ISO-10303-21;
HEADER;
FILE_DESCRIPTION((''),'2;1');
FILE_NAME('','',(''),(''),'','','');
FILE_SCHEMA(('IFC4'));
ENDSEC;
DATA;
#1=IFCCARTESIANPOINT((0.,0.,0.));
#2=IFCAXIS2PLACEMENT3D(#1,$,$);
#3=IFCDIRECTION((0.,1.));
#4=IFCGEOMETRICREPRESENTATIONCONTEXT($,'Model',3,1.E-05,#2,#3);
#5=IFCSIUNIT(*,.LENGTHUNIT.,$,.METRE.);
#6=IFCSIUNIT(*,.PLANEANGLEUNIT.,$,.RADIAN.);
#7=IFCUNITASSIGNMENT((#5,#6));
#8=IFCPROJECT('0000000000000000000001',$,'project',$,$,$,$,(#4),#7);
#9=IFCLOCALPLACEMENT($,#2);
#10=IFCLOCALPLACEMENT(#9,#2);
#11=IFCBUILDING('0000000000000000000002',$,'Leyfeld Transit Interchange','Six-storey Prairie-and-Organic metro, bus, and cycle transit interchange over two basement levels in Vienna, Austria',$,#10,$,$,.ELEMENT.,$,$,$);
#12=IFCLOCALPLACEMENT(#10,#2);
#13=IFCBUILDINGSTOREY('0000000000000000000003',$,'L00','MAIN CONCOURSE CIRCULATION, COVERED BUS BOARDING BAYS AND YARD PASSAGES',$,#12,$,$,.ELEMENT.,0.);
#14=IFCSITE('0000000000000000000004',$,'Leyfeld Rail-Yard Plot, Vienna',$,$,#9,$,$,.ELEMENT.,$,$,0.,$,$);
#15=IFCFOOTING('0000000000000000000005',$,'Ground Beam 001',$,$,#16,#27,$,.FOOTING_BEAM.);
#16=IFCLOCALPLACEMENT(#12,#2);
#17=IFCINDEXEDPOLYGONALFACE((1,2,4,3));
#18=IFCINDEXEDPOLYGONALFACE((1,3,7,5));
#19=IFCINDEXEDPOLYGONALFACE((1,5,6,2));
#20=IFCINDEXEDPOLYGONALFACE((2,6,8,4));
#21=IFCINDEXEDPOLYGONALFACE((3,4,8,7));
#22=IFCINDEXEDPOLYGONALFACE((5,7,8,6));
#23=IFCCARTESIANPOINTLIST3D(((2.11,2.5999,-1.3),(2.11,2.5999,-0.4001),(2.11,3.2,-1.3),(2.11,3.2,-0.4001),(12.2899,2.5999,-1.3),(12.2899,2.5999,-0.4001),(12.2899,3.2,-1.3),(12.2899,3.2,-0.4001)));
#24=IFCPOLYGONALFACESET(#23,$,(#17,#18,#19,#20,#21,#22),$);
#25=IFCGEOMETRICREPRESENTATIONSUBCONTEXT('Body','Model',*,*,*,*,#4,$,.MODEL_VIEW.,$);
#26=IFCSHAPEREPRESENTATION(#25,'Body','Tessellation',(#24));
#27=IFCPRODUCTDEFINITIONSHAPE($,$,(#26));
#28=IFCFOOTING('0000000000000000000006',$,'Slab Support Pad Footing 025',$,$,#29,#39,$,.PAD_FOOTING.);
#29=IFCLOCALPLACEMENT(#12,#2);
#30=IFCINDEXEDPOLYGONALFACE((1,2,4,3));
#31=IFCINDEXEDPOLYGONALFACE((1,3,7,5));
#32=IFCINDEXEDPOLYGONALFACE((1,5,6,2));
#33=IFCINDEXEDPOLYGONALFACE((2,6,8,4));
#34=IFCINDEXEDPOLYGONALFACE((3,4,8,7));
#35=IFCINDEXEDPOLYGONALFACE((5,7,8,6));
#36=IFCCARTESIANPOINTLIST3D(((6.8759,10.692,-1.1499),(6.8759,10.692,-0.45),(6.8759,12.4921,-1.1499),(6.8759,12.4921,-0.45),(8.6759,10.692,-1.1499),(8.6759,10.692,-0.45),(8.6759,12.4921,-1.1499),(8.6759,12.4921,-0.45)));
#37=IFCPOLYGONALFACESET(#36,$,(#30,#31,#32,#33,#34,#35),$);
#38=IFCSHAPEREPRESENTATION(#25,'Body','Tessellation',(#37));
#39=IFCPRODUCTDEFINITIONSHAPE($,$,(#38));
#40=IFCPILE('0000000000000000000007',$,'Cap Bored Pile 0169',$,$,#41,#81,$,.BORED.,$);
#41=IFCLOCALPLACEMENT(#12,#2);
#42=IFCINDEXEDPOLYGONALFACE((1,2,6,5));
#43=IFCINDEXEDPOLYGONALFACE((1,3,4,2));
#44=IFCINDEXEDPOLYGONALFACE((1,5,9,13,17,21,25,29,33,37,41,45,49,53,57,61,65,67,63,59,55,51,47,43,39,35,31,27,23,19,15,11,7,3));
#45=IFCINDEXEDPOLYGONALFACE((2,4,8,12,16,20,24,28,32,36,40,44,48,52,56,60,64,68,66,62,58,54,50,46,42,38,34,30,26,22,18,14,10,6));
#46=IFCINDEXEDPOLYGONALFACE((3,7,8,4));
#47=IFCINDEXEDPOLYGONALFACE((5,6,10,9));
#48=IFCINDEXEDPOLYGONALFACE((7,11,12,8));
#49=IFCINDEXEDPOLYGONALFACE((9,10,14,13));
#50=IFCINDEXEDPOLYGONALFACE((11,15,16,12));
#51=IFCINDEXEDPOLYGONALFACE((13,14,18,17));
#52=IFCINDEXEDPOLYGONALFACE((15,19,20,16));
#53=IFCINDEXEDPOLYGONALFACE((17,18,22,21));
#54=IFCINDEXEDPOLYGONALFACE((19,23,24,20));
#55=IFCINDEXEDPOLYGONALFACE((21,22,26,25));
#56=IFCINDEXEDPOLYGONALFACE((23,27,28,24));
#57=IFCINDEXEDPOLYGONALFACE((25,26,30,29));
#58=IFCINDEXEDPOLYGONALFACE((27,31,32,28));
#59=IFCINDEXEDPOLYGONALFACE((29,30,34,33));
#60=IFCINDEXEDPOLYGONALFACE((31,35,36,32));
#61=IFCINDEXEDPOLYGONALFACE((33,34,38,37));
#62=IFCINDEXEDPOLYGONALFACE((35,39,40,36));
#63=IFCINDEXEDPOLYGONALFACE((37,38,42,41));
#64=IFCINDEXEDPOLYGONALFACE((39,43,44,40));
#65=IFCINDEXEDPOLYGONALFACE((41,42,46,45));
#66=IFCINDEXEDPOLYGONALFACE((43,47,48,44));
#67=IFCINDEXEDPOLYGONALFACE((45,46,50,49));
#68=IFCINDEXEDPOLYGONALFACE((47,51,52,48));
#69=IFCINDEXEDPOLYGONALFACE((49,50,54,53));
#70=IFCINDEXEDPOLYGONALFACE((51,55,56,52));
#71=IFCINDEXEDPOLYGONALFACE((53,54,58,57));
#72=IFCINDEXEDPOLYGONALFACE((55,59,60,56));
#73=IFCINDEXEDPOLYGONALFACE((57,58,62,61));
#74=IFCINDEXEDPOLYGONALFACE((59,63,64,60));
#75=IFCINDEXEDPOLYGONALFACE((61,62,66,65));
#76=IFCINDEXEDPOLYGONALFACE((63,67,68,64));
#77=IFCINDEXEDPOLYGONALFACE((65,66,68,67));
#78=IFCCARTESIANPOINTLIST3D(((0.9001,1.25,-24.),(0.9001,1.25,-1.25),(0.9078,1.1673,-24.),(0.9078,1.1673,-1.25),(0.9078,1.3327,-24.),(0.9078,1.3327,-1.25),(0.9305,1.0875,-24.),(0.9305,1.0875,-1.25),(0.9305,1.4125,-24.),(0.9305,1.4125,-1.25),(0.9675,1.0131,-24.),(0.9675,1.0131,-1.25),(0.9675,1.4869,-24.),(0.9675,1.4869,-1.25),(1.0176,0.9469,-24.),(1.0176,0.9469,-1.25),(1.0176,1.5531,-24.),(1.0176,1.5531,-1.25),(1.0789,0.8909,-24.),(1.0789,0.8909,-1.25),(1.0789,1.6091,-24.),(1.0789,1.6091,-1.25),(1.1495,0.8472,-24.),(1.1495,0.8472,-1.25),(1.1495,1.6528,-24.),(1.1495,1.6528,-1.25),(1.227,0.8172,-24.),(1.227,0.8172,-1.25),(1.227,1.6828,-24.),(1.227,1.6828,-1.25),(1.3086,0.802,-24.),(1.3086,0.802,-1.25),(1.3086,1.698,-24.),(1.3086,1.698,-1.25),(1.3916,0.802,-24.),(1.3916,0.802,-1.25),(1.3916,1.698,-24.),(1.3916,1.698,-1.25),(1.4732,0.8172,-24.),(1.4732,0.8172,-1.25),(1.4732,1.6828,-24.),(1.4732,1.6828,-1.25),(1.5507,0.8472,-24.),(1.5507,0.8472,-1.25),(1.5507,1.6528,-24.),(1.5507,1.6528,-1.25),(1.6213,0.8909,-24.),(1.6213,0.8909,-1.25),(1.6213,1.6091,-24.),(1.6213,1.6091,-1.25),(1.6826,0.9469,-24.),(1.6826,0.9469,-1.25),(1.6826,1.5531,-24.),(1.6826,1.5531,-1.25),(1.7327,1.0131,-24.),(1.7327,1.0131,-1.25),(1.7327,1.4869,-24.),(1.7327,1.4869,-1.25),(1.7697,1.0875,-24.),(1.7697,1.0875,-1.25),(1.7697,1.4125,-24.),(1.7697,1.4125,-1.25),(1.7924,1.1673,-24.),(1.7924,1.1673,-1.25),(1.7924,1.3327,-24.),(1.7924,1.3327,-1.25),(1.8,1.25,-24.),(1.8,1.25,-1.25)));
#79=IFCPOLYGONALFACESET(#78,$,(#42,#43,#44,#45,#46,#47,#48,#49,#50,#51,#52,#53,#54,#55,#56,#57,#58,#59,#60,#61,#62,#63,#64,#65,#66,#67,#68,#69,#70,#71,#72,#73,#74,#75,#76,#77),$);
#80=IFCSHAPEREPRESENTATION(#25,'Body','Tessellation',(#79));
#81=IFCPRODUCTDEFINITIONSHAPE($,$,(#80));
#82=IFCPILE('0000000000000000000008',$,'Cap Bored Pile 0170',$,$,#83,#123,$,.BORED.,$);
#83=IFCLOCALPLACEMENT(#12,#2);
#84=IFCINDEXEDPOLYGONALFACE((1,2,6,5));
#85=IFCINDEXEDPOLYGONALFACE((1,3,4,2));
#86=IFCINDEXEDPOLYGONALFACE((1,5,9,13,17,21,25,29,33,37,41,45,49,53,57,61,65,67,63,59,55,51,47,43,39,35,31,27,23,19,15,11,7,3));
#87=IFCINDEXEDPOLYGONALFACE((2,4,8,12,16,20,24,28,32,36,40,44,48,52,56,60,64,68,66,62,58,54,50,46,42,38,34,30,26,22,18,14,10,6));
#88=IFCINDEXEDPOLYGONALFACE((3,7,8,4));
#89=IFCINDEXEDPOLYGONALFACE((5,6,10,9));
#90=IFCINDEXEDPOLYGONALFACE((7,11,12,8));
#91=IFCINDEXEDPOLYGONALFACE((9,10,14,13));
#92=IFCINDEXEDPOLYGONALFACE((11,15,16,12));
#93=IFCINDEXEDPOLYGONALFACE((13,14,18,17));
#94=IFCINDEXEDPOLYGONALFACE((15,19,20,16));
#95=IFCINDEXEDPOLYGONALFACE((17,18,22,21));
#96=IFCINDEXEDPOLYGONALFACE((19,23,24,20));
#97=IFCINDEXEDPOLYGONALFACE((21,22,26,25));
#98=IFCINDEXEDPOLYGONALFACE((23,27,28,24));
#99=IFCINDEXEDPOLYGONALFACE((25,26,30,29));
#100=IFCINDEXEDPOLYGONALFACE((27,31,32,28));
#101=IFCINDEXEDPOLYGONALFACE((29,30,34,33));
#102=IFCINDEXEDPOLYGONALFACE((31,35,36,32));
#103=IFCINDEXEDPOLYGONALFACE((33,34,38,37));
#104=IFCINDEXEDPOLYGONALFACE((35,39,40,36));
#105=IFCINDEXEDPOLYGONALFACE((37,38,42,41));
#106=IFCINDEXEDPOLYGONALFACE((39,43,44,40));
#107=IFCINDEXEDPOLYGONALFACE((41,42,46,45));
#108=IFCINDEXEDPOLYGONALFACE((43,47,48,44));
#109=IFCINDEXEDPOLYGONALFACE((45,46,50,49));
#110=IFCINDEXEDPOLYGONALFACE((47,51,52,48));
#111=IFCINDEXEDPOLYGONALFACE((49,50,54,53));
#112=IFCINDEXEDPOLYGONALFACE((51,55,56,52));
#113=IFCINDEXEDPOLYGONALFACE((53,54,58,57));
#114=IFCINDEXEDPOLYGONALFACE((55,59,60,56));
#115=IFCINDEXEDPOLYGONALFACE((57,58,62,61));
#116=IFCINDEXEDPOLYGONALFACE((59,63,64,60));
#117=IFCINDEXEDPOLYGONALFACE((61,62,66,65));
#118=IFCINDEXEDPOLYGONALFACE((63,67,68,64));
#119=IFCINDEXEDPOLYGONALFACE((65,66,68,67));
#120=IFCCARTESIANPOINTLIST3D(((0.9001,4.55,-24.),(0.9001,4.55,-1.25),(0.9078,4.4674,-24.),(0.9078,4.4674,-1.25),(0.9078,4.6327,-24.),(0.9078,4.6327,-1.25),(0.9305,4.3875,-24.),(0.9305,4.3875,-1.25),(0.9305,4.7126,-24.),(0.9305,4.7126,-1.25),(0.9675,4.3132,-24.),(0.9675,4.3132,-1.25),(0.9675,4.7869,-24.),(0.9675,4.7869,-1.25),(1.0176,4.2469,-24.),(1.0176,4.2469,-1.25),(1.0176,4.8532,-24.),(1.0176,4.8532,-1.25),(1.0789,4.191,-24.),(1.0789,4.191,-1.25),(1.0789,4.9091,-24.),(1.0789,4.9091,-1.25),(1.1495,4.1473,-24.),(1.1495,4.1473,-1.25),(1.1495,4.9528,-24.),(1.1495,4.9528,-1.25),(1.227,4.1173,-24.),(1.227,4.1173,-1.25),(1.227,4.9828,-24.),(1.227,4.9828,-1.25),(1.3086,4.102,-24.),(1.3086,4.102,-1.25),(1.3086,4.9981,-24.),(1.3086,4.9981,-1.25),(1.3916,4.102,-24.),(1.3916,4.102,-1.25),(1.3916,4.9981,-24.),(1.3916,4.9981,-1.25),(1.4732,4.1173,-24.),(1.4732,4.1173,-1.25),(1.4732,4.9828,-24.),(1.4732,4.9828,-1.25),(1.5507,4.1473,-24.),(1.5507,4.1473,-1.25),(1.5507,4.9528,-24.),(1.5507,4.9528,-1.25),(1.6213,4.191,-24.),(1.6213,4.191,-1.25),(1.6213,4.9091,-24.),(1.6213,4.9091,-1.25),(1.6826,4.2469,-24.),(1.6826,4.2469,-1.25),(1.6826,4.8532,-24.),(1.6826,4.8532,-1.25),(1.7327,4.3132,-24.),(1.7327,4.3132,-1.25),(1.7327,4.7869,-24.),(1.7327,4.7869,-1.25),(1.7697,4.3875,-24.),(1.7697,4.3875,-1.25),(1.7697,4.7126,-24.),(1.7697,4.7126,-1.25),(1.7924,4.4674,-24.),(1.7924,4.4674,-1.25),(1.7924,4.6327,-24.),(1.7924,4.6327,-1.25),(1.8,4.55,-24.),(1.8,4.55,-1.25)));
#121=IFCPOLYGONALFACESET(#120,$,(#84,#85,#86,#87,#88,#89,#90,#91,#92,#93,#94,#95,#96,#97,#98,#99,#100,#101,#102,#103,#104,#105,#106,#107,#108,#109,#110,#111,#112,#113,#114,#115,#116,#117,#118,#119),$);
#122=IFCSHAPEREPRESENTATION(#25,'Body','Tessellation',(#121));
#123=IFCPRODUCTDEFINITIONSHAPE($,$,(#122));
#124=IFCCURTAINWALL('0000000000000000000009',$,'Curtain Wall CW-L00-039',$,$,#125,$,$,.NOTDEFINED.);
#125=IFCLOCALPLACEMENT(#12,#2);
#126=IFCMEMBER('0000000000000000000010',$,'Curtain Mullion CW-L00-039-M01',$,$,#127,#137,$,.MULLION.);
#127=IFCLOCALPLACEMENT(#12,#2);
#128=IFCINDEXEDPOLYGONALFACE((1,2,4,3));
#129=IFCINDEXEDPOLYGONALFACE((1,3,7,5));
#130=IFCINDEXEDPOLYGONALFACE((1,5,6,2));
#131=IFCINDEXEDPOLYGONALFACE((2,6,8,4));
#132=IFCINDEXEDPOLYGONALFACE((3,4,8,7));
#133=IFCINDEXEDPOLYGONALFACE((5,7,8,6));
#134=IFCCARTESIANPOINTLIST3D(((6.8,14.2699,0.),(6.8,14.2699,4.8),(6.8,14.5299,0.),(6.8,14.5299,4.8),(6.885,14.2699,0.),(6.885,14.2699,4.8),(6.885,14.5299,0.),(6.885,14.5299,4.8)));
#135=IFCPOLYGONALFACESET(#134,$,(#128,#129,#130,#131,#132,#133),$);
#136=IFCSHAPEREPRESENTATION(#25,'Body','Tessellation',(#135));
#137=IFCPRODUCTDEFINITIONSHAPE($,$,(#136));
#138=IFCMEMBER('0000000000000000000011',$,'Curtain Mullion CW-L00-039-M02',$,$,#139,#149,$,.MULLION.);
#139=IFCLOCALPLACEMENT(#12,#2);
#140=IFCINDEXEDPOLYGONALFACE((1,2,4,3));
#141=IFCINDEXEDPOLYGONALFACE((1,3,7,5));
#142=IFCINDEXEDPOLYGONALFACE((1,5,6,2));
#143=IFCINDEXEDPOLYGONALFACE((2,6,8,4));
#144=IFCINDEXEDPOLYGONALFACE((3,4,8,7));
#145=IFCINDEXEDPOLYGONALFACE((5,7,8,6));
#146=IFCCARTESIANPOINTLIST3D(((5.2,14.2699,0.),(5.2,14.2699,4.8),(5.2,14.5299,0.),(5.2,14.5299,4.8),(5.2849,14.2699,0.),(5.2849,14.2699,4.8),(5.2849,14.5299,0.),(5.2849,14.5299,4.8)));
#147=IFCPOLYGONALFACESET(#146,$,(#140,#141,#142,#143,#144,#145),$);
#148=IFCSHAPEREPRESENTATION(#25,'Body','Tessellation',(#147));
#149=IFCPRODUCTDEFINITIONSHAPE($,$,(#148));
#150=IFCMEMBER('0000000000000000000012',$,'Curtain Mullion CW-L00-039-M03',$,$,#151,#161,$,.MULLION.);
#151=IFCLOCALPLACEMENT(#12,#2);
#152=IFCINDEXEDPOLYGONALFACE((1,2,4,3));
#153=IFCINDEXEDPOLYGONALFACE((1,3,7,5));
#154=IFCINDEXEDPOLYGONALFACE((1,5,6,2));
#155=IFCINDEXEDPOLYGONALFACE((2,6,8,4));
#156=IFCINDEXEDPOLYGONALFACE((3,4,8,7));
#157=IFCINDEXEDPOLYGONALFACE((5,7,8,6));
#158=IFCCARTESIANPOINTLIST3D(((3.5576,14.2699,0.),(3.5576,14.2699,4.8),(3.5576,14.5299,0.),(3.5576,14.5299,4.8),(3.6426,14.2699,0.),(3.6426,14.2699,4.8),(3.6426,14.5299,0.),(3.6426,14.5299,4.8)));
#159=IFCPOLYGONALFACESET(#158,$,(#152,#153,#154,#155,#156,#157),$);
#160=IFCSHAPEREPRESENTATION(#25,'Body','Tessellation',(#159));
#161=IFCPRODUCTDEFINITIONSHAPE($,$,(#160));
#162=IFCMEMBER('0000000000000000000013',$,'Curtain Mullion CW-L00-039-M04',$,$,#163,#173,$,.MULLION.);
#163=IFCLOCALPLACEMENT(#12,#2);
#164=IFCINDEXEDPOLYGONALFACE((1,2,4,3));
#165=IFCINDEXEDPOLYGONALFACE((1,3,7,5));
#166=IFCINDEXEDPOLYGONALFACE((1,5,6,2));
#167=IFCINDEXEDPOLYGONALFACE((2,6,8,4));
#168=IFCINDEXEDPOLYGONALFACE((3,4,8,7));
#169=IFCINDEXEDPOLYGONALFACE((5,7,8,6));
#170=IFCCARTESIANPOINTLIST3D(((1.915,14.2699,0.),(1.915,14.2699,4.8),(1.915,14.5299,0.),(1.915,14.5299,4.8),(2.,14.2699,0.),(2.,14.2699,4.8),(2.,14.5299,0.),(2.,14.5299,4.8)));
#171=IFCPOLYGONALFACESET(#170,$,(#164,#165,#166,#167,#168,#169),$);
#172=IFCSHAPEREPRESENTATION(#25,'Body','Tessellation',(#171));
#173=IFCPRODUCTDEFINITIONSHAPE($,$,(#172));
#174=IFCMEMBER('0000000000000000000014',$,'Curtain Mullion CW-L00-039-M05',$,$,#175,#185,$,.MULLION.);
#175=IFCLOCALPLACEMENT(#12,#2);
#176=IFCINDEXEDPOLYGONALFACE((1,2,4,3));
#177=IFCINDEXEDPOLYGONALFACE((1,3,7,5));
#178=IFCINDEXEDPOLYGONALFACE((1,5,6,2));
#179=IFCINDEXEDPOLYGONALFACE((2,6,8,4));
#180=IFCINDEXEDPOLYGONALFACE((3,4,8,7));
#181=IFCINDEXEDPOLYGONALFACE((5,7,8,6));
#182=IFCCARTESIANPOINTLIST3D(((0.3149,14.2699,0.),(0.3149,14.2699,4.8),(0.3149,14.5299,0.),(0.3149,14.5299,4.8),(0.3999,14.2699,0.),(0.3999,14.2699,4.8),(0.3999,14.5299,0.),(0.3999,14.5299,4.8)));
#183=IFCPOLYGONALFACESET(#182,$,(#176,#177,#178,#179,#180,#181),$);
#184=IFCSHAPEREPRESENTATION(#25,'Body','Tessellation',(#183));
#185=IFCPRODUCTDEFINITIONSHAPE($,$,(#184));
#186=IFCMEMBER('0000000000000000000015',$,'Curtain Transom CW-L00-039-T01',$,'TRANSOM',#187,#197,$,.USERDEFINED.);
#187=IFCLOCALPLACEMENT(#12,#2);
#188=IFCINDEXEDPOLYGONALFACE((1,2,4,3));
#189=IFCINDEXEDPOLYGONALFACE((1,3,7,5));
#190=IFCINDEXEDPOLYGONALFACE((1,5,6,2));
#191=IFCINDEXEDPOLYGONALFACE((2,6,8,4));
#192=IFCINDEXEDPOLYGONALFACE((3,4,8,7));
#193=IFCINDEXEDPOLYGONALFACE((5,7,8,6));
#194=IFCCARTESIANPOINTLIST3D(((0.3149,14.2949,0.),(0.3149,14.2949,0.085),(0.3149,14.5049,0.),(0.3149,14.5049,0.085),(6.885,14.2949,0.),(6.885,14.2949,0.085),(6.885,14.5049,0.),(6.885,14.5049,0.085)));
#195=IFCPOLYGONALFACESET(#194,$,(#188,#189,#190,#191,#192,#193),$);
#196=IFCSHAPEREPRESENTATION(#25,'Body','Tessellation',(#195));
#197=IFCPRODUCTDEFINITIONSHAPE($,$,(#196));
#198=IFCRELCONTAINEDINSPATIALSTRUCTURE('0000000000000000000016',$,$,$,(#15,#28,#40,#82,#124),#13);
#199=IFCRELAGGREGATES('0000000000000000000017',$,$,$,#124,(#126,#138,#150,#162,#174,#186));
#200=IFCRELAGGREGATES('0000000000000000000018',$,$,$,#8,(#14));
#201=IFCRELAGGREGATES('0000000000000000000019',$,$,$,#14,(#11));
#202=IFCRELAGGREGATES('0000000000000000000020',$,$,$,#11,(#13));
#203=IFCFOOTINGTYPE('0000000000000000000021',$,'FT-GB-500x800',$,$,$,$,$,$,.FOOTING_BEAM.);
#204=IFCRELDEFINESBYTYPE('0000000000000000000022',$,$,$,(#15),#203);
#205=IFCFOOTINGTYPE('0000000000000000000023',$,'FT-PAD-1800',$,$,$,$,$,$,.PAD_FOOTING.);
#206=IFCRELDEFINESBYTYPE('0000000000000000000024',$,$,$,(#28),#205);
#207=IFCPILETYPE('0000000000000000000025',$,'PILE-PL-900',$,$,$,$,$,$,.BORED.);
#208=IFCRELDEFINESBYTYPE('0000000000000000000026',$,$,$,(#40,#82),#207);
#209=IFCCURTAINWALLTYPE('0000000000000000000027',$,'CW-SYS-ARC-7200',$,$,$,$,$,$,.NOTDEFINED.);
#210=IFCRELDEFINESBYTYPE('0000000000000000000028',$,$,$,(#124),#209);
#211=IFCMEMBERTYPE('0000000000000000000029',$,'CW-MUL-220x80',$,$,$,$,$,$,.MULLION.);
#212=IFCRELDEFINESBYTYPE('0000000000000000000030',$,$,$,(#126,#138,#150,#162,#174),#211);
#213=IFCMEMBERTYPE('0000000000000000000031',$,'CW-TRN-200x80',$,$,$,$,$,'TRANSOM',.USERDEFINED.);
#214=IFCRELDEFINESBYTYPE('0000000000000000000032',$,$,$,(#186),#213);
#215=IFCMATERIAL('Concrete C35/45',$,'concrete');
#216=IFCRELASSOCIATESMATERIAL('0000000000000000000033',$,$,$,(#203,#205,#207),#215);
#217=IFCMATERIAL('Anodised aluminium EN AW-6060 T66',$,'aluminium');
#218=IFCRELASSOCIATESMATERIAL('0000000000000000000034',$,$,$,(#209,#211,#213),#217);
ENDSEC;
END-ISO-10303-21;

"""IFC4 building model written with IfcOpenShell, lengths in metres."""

from ifc_helpers import new_model, si_unit, direction, frame, origin, origin_2d, place, context, subcontext, project, spatial, rectangle, circle, extrude, material, material_profile, profile_set, type_object, element, aggregate, save


model = new_model("IFC4")

# Units and contexts
model_context = context("Model", 3, precision=1e-05, world=origin(), true_north=direction((0.0, 1.0)))
body_context = subcontext(model_context, "Body", "Model", "MODEL_VIEW")
ifc_project = project(units=[si_unit("LENGTHUNIT", "METRE"), si_unit("PLANEANGLEUNIT", "RADIAN")], contexts=[model_context])

# Site, building, storey
site_placement = place(None, origin())
site = spatial("IfcSite", under=ifc_project, at=site_placement, Name="Leyfeld Rail-Yard Plot, Vienna", CompositionType="ELEMENT", RefElevation=0.0)
building_placement = place(site_placement, origin())
building = spatial("IfcBuilding", under=site, at=building_placement, Name="Leyfeld Transit Interchange", Description="Six-storey Prairie-and-Organic metro, bus, and cycle transit interchange over two basement levels in Vienna, Austria", CompositionType="ELEMENT")
storey_placement = place(building_placement, origin())
storey = spatial("IfcBuildingStorey", under=building, at=storey_placement, Name="L00", Description="MAIN CONCOURSE CIRCULATION, COVERED BUS BOARDING BAYS AND YARD PASSAGES", CompositionType="ELEMENT", Elevation=0.0)

# Footings
ifc_material_1 = material(Name="Concrete C35/45", Category="concrete")
footing_type_1 = type_object("IfcFootingType", Name="FT-GB-500x800", PredefinedType="FOOTING_BEAM", material=ifc_material_1)
footing_1_placement = place(storey_placement, frame((7.2, 2.8999, -1.3), z_axis=(0.0, 0.0, 1.0), x_axis=(1.0, 0.0, 0.0)))
element("IfcFooting", 1, at=footing_1_placement, inside=storey, type_object=footing_type_1, Name="Ground Beam 001", PredefinedType="FOOTING_BEAM", context=body_context, shape_type="SweptSolid", body=[
    extrude(rectangle(XDim=10.1799, YDim=0.6001, at=origin_2d()), origin(), (0.0, 0.0, 1.0), 0.8999),
])
footing_type_2 = type_object("IfcFootingType", Name="FT-PAD-1800", PredefinedType="PAD_FOOTING", material=ifc_material_1)
footing_2_placement = place(storey_placement, frame((7.7759, 11.592, -1.1499), z_axis=(0.0, 0.0, 1.0), x_axis=(1.0, 0.0, 0.0)))
element("IfcFooting", 2, at=footing_2_placement, inside=storey, type_object=footing_type_2, Name="Slab Support Pad Footing 025", PredefinedType="PAD_FOOTING", context=body_context, shape_type="SweptSolid", body=[
    extrude(rectangle(XDim=1.8, YDim=1.8, at=origin_2d()), origin(), (0.0, 0.0, 1.0), 0.7),
])

# Piles
ifc_material_profile_1 = material_profile(ifc_material_1, circle(Radius=0.45, at=origin_2d()), Name="PILE D900")
ifc_profile_set_1 = profile_set([ifc_material_profile_1], Name="Concrete C35/45")
pile_type = type_object("IfcPileType", Name="PILE-PL-900", PredefinedType="BORED", material=ifc_profile_set_1)
for number, where, z_axis, x_axis, name in (
    (3, (1.3501, 1.25, -1.25), (0.0, 0.0, -1.0), (1.0, 0.0, 0.0), "Cap Bored Pile 0169"),
    (4, (1.3501, 4.55, -1.25), (0.0, 0.0, -1.0), (1.0, 0.0, 0.0), "Cap Bored Pile 0170"),
):
    element("IfcPile", number, at=place(storey_placement, frame(where, z_axis=z_axis, x_axis=x_axis)), inside=storey, type_object=pile_type, Name=name, PredefinedType="BORED", context=body_context, shape_type="SweptSolid", body=[
        extrude(circle(Radius=0.45, at=origin_2d()), origin(), (0.0, 0.0, 1.0), 22.75),
    ])

# Curtain wall, members
ifc_material_2 = material(Name="Anodised aluminium EN AW-6060 T66", Category="aluminium")
curtain_wall_type = type_object("IfcCurtainWallType", Name="CW-SYS-ARC-7200", PredefinedType="NOTDEFINED", material=ifc_material_2)
curtain_wall_placement = place(storey_placement, origin())
curtain_wall = element("IfcCurtainWall", 5, at=curtain_wall_placement, inside=storey, type_object=curtain_wall_type, Name="Curtain Wall CW-L00-039", PredefinedType="NOTDEFINED")
ifc_material_profile_2 = material_profile(ifc_material_2, rectangle(XDim=0.085, YDim=0.26, at=origin_2d()), Name="CW-M 85x260")
ifc_profile_set_2 = profile_set([ifc_material_profile_2], Name="Anodised aluminium EN AW-6060 T66")
member_type_1 = type_object("IfcMemberType", Name="CW-MUL-220x80", PredefinedType="MULLION", material=ifc_profile_set_2)
member_1_placement = place(storey_placement, frame((6.8425, 14.3999, 0.0), z_axis=(0.0, 0.0, 1.0), x_axis=(-1.0, 0.0, 0.0)))
member_1 = element("IfcMember", 6, at=member_1_placement, type_object=member_type_1, Name="Curtain Mullion CW-L00-039-M01", PredefinedType="MULLION", context=body_context, shape_type="SweptSolid", body=[
    extrude(rectangle(XDim=0.085, YDim=0.26, at=origin_2d()), origin(), (0.0, 0.0, 1.0), 4.8),
])
member_2_placement = place(storey_placement, frame((5.2424, 14.3999, 0.0), z_axis=(0.0, 0.0, 1.0), x_axis=(-1.0, 0.0, 0.0)))
member_2 = element("IfcMember", 7, at=member_2_placement, type_object=member_type_1, Name="Curtain Mullion CW-L00-039-M02", PredefinedType="MULLION", context=body_context, shape_type="SweptSolid", body=[
    extrude(rectangle(XDim=0.085, YDim=0.26, at=origin_2d()), origin(), (0.0, 0.0, 1.0), 4.8),
])
member_3_placement = place(storey_placement, frame((3.6001, 14.3999, 0.0), z_axis=(0.0, 0.0, 1.0), x_axis=(-1.0, 0.0, 0.0)))
member_3 = element("IfcMember", 8, at=member_3_placement, type_object=member_type_1, Name="Curtain Mullion CW-L00-039-M03", PredefinedType="MULLION", context=body_context, shape_type="SweptSolid", body=[
    extrude(rectangle(XDim=0.085, YDim=0.26, at=origin_2d()), origin(), (0.0, 0.0, 1.0), 4.8),
])
member_4_placement = place(storey_placement, frame((1.9575, 14.3999, 0.0), z_axis=(0.0, 0.0, 1.0), x_axis=(-1.0, 0.0, 0.0)))
member_4 = element("IfcMember", 9, at=member_4_placement, type_object=member_type_1, Name="Curtain Mullion CW-L00-039-M04", PredefinedType="MULLION", context=body_context, shape_type="SweptSolid", body=[
    extrude(rectangle(XDim=0.085, YDim=0.26, at=origin_2d()), origin(), (0.0, 0.0, 1.0), 4.8),
])
member_5_placement = place(storey_placement, frame((0.3574, 14.3999, 0.0), z_axis=(0.0, 0.0, 1.0), x_axis=(-1.0, 0.0, 0.0)))
member_5 = element("IfcMember", 10, at=member_5_placement, type_object=member_type_1, Name="Curtain Mullion CW-L00-039-M05", PredefinedType="MULLION", context=body_context, shape_type="SweptSolid", body=[
    extrude(rectangle(XDim=0.085, YDim=0.26, at=origin_2d()), origin(), (0.0, 0.0, 1.0), 4.8),
])
ifc_material_profile_3 = material_profile(ifc_material_2, rectangle(XDim=0.21, YDim=0.085, at=origin_2d()), Name="CW-TRN-200x80")
ifc_profile_set_3 = profile_set([ifc_material_profile_3], Name="Anodised aluminium EN AW-6060 T66")
member_type_2 = type_object("IfcMemberType", Name="CW-TRN-200x80", ElementType="TRANSOM", PredefinedType="USERDEFINED", material=ifc_profile_set_3)
member_6_placement = place(storey_placement, frame((6.885, 14.3999, 0.0425), z_axis=(-1.0, 0.0, 0.0), x_axis=(0.0, -1.0, 0.0)))
member_6 = element("IfcMember", 11, at=member_6_placement, type_object=member_type_2, Name="Curtain Transom CW-L00-039-T01", ObjectType="TRANSOM", PredefinedType="USERDEFINED", context=body_context, shape_type="SweptSolid", body=[
    extrude(rectangle(XDim=0.21, YDim=0.085, at=origin_2d()), origin(), (0.0, 0.0, 1.0), 6.5701),
])
aggregate(curtain_wall, [member_1, member_2, member_3, member_4, member_5, member_6])

save(model, "model.ifc")
